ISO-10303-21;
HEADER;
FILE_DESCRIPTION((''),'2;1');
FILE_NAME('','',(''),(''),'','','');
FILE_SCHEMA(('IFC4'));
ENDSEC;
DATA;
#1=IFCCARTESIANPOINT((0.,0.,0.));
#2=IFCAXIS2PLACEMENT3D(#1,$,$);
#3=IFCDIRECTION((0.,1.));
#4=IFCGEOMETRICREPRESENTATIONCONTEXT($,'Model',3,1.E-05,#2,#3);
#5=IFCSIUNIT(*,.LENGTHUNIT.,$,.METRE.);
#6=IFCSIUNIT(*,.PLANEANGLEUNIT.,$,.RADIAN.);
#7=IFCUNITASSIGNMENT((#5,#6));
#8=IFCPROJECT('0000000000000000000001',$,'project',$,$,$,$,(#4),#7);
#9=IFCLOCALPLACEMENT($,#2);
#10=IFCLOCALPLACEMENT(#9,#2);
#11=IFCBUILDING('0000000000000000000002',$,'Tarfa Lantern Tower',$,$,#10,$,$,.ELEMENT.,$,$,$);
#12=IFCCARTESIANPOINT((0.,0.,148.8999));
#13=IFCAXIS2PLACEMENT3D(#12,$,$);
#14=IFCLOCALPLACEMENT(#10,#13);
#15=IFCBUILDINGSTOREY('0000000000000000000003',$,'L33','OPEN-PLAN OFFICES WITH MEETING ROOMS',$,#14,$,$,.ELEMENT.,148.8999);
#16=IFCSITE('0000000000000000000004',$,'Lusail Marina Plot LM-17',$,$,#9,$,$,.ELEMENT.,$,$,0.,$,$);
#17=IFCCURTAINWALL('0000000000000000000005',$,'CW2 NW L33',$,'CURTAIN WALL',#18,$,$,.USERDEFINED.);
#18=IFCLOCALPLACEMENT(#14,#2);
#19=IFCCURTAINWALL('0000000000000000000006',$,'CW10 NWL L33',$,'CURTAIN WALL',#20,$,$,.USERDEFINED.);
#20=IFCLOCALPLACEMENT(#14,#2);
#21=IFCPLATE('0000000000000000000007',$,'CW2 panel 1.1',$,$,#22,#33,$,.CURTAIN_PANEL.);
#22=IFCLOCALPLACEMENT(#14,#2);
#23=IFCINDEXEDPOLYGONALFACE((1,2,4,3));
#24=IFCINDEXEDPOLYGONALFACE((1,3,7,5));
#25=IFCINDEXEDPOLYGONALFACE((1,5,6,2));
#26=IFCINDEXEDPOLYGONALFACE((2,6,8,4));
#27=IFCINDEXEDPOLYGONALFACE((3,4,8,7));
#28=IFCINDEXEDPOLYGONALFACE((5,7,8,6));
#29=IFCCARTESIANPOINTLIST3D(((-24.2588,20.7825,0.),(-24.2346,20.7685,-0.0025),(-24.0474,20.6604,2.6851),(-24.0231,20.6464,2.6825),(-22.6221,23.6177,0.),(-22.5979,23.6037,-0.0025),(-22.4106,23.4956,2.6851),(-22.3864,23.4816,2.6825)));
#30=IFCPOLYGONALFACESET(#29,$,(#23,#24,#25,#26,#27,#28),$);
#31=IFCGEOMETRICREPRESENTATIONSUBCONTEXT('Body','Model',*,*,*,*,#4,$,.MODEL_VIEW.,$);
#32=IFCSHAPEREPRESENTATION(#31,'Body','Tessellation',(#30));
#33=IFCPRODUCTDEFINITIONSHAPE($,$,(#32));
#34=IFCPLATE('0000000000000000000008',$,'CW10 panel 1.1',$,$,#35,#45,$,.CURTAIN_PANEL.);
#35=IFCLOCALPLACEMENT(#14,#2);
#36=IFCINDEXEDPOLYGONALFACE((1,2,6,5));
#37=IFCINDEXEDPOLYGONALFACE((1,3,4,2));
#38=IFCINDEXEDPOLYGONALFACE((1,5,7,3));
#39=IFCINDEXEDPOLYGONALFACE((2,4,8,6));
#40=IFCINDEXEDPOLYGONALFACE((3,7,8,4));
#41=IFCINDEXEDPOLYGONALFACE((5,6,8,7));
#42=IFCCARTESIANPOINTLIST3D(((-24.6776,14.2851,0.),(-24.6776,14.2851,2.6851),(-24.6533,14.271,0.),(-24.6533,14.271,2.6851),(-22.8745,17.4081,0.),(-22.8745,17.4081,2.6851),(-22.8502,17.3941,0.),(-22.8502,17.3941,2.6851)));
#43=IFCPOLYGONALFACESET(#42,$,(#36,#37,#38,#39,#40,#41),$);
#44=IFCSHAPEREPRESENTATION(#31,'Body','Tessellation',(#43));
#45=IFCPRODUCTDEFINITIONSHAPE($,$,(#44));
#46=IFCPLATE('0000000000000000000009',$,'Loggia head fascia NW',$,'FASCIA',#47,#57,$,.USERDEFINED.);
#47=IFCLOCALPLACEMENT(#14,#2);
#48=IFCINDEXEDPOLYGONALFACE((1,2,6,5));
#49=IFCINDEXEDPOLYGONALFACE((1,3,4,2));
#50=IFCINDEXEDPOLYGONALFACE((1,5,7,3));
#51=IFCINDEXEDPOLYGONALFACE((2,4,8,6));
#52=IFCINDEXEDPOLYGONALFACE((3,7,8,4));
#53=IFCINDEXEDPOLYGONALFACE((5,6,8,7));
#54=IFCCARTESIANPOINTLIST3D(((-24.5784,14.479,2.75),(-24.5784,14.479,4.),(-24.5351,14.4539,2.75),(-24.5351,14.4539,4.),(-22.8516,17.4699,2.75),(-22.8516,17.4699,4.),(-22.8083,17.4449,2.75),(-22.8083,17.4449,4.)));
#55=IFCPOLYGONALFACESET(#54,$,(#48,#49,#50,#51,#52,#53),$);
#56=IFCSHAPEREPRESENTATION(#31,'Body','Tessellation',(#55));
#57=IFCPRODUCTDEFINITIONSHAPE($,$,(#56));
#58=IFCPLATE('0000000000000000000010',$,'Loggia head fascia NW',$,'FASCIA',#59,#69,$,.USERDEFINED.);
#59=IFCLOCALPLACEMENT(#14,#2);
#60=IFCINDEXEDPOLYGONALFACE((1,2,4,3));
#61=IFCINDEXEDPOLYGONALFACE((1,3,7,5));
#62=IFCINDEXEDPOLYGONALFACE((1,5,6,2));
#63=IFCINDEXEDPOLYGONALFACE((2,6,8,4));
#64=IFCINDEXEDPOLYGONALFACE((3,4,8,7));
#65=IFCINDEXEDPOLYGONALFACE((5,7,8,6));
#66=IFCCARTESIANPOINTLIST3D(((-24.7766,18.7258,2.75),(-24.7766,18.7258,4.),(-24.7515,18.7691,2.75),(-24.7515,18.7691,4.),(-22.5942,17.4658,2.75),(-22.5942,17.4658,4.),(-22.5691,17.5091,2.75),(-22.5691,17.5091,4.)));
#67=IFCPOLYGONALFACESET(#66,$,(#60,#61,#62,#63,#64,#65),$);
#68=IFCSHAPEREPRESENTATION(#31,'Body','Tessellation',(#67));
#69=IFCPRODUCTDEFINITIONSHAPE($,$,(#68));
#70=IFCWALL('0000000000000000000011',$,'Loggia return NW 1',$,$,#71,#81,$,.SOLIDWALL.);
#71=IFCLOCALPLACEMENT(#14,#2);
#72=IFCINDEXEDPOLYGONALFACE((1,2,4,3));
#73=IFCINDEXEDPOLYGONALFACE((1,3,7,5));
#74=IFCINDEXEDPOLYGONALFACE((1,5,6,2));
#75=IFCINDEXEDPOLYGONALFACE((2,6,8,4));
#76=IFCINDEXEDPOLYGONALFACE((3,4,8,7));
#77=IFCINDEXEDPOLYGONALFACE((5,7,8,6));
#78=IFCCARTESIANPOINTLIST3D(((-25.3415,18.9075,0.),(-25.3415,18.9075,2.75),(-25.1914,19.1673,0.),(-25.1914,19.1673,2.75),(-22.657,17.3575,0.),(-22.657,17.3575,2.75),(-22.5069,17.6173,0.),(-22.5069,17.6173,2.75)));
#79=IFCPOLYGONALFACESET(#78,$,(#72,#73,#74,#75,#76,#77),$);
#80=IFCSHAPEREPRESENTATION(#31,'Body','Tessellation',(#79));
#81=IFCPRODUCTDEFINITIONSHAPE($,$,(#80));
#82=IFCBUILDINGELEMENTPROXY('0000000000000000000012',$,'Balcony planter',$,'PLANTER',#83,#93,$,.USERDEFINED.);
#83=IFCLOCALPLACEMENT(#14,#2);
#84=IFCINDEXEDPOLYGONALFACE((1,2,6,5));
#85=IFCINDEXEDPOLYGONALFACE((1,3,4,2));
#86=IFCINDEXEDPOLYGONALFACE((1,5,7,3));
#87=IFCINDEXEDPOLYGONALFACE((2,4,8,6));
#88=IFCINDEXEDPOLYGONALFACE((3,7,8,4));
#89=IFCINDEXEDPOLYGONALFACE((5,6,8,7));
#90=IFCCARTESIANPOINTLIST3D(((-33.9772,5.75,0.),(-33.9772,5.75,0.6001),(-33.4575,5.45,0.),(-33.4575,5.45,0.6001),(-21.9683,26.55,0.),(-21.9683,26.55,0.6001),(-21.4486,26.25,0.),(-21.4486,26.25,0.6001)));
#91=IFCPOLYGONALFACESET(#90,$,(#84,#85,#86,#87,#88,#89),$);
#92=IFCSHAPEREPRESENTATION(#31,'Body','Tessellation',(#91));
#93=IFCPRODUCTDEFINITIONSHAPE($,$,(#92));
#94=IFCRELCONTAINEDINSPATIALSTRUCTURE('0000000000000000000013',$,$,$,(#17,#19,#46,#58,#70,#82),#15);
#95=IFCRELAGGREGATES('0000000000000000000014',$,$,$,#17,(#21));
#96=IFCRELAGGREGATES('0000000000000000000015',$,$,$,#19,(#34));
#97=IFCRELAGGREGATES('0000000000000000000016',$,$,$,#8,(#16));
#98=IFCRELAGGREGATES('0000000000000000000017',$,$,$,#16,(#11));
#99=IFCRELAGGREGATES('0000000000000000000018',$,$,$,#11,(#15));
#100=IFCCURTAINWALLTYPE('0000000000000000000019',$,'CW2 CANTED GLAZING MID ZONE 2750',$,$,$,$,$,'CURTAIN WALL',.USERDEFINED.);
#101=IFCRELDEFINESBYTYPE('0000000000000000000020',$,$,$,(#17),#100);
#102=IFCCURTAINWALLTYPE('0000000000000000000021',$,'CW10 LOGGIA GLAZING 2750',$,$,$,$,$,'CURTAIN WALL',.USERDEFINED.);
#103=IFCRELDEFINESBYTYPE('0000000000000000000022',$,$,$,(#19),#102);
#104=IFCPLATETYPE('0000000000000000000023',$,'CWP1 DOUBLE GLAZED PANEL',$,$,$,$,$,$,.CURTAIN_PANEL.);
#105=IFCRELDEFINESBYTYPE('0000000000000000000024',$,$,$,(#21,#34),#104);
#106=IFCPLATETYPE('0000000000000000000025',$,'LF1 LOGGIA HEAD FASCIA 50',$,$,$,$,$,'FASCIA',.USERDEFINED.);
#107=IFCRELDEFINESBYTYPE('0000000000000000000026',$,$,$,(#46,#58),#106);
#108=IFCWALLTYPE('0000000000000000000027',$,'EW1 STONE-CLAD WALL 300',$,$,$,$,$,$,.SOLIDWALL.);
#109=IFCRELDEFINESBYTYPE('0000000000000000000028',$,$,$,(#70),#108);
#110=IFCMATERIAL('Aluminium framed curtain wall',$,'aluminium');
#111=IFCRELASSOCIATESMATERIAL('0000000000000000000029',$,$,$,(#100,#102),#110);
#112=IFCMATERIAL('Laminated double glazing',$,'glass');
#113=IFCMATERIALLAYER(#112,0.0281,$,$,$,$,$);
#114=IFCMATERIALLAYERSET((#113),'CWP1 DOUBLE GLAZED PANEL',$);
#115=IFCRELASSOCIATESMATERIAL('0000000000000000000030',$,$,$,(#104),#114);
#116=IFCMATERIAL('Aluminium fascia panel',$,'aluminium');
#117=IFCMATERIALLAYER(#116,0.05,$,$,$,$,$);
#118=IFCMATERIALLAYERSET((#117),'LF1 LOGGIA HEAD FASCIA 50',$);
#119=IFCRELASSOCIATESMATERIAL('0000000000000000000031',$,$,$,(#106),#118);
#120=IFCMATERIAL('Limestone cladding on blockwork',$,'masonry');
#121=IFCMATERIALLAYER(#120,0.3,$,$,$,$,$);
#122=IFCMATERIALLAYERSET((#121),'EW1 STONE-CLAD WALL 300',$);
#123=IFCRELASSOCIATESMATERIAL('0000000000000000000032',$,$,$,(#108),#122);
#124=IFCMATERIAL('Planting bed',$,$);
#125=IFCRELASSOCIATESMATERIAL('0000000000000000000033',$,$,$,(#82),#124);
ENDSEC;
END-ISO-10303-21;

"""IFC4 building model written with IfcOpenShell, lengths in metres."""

from ifc_helpers import new_model, si_unit, direction, frame, frame_2d, origin, origin_2d, place, context, subcontext, project, spatial, polyline, rectangle, outline, extrude, material, layer, layer_set, type_object, element, aggregate, save


model = new_model("IFC4")

# Units and contexts
model_context = context("Model", 3, precision=1e-05, world=origin(), true_north=direction((0.0, 1.0)))
body_context = subcontext(model_context, "Body", "Model", "MODEL_VIEW")
ifc_project = project(units=[si_unit("LENGTHUNIT", "METRE"), si_unit("PLANEANGLEUNIT", "RADIAN")], contexts=[model_context])

# Site, building, storey
site_placement = place(None, origin())
site = spatial("IfcSite", under=ifc_project, at=site_placement, Name="Lusail Marina Plot LM-17", CompositionType="ELEMENT", RefElevation=0.0)
building_placement = place(site_placement, origin())
building = spatial("IfcBuilding", under=site, at=building_placement, Name="Tarfa Lantern Tower", CompositionType="ELEMENT")
storey_placement = place(building_placement, frame((0.0, 0.0, 148.8999)))
storey = spatial("IfcBuildingStorey", under=building, at=storey_placement, Name="L33", Description="OPEN-PLAN OFFICES WITH MEETING ROOMS", CompositionType="ELEMENT", Elevation=148.8999)

# Shared definitions
ifc_material_1 = material(Name="Aluminium framed curtain wall", Category="aluminium")
curtain_wall_type_1 = type_object("IfcCurtainWallType", Name="CW2 CANTED GLAZING MID ZONE 2750", ElementType="CURTAIN WALL", PredefinedType="USERDEFINED", material=ifc_material_1)

# Curtain walls
curtain_wall_1_placement = place(storey_placement, origin())
curtain_wall_1 = element("IfcCurtainWall", 1, at=curtain_wall_1_placement, inside=storey, type_object=curtain_wall_type_1, Name="CW2 NW L33", ObjectType="CURTAIN WALL", PredefinedType="USERDEFINED")
curtain_wall_type_2 = type_object("IfcCurtainWallType", Name="CW10 LOGGIA GLAZING 2750", ElementType="CURTAIN WALL", PredefinedType="USERDEFINED", material=ifc_material_1)
curtain_wall_2_placement = place(storey_placement, origin())
curtain_wall_2 = element("IfcCurtainWall", 2, at=curtain_wall_2_placement, inside=storey, type_object=curtain_wall_type_2, Name="CW10 NWL L33", ObjectType="CURTAIN WALL", PredefinedType="USERDEFINED")

# Plates
ifc_material_2 = material(Name="Laminated double glazing", Category="glass")
ifc_layer_1 = layer(ifc_material_2, 0.0281)
ifc_layer_set_1 = layer_set([ifc_layer_1], Name="CWP1 DOUBLE GLAZED PANEL")
plate_type_1 = type_object("IfcPlateType", Name="CWP1 DOUBLE GLAZED PANEL", PredefinedType="CURTAIN_PANEL", material=ifc_layer_set_1)
plate_1_placement = place(storey_placement, frame((-22.6221, 23.6177, 0.0), z_axis=(-0.862492, 0.497903, 0.09055), x_axis=(-0.499957, -0.86605, 0.0)))
plate_1 = element("IfcPlate", 3, at=plate_1_placement, type_object=plate_type_1, Name="CW2 panel 1.1", PredefinedType="CURTAIN_PANEL", context=body_context, shape_type="SweptSolid", body=[
    extrude(outline(polyline([(0.0, 0.0), (3.2737, 0.0), (3.2737, 2.6961), (0.0, 2.6961), (0.0, 0.0)])), origin(), (0.0, 0.0, -1.0), 0.0281),
])
aggregate(curtain_wall_1, [plate_1])
plate_2_placement = place(storey_placement, frame((-23.7639, 15.8396, 0.0), z_axis=(0.0, 0.0, 1.0), x_axis=(-0.5, -0.866025, 0.0)))
plate_2 = element("IfcPlate", 4, at=plate_2_placement, type_object=plate_type_1, Name="CW10 panel 1.1", PredefinedType="CURTAIN_PANEL", context=body_context, shape_type="SweptSolid", body=[
    extrude(rectangle(XDim=3.6062, YDim=0.0281, at=origin_2d()), origin(), (0.0, 0.0, 1.0), 2.6851),
])
aggregate(curtain_wall_2, [plate_2])

# Plates
ifc_material_3 = material(Name="Aluminium fascia panel", Category="aluminium")
ifc_layer_2 = layer(ifc_material_3, 0.05)
ifc_layer_set_2 = layer_set([ifc_layer_2], Name="LF1 LOGGIA HEAD FASCIA 50")
plate_type_2 = type_object("IfcPlateType", Name="LF1 LOGGIA HEAD FASCIA 50", ElementType="FASCIA", PredefinedType="USERDEFINED", material=ifc_layer_set_2)
plate_3_placement = place(storey_placement, frame((-23.6934, 15.9619, 2.75), z_axis=(0.0, 0.0, 1.0), x_axis=(-0.5, -0.866025, 0.0)))
element("IfcPlate", 5, at=plate_3_placement, inside=storey, type_object=plate_type_2, Name="Loggia head fascia NW", ObjectType="FASCIA", PredefinedType="USERDEFINED", context=body_context, shape_type="SweptSolid", body=[
    extrude(rectangle(XDim=3.4536, YDim=0.05, at=origin_2d()), origin(), (0.0, 0.0, 1.0), 1.25),
])
plate_4_placement = place(storey_placement, frame((-23.6729, 18.1174, 2.75), z_axis=(0.0, 0.0, 1.0), x_axis=(0.866025, -0.5, 0.0)))
element("IfcPlate", 6, at=plate_4_placement, inside=storey, type_object=plate_type_2, Name="Loggia head fascia NW", ObjectType="FASCIA", PredefinedType="USERDEFINED", context=body_context, shape_type="SweptSolid", body=[
    extrude(rectangle(XDim=2.52, YDim=0.05, at=origin_2d()), origin(), (0.0, 0.0, 1.0), 1.25),
])

# Wall
ifc_material_4 = material(Name="Limestone cladding on blockwork", Category="masonry")
ifc_layer_3 = layer(ifc_material_4, 0.3)
ifc_layer_set_3 = layer_set([ifc_layer_3], Name="EW1 STONE-CLAD WALL 300")
wall_type = type_object("IfcWallType", Name="EW1 STONE-CLAD WALL 300", PredefinedType="SOLIDWALL", material=ifc_layer_set_3)
wall_placement = place(storey_placement, frame((-25.2664, 19.0374, 0.0), z_axis=(0.0, 0.0, 1.0), x_axis=(0.86601, -0.500027, 0.0)))
element("IfcWall", 7, at=wall_placement, inside=storey, type_object=wall_type, Name="Loggia return NW 1", PredefinedType="SOLIDWALL", context=body_context, shape_type="SweptSolid", body=[
    extrude(rectangle(XDim=3.0999, YDim=0.3, at=frame_2d((1.5498, 0.0))), origin(), (0.0, 0.0, 1.0), 2.75),
])

# Building element proxy
ifc_material_5 = material(Name="Planting bed")
proxy_placement = place(storey_placement, frame((-27.7129, 16.0, 0.0), z_axis=(0.0, 0.0, 1.0), x_axis=(-0.5, -0.866025, 0.0)))
element("IfcBuildingElementProxy", 8, at=proxy_placement, inside=storey, material=ifc_material_5, Name="Balcony planter", ObjectType="PLANTER", PredefinedType="USERDEFINED", context=body_context, shape_type="SweptSolid", body=[
    extrude(rectangle(XDim=24.0178, YDim=0.6001, at=origin_2d()), origin(), (0.0, 0.0, 1.0), 0.6001),
])

save(model, "model.ifc")
